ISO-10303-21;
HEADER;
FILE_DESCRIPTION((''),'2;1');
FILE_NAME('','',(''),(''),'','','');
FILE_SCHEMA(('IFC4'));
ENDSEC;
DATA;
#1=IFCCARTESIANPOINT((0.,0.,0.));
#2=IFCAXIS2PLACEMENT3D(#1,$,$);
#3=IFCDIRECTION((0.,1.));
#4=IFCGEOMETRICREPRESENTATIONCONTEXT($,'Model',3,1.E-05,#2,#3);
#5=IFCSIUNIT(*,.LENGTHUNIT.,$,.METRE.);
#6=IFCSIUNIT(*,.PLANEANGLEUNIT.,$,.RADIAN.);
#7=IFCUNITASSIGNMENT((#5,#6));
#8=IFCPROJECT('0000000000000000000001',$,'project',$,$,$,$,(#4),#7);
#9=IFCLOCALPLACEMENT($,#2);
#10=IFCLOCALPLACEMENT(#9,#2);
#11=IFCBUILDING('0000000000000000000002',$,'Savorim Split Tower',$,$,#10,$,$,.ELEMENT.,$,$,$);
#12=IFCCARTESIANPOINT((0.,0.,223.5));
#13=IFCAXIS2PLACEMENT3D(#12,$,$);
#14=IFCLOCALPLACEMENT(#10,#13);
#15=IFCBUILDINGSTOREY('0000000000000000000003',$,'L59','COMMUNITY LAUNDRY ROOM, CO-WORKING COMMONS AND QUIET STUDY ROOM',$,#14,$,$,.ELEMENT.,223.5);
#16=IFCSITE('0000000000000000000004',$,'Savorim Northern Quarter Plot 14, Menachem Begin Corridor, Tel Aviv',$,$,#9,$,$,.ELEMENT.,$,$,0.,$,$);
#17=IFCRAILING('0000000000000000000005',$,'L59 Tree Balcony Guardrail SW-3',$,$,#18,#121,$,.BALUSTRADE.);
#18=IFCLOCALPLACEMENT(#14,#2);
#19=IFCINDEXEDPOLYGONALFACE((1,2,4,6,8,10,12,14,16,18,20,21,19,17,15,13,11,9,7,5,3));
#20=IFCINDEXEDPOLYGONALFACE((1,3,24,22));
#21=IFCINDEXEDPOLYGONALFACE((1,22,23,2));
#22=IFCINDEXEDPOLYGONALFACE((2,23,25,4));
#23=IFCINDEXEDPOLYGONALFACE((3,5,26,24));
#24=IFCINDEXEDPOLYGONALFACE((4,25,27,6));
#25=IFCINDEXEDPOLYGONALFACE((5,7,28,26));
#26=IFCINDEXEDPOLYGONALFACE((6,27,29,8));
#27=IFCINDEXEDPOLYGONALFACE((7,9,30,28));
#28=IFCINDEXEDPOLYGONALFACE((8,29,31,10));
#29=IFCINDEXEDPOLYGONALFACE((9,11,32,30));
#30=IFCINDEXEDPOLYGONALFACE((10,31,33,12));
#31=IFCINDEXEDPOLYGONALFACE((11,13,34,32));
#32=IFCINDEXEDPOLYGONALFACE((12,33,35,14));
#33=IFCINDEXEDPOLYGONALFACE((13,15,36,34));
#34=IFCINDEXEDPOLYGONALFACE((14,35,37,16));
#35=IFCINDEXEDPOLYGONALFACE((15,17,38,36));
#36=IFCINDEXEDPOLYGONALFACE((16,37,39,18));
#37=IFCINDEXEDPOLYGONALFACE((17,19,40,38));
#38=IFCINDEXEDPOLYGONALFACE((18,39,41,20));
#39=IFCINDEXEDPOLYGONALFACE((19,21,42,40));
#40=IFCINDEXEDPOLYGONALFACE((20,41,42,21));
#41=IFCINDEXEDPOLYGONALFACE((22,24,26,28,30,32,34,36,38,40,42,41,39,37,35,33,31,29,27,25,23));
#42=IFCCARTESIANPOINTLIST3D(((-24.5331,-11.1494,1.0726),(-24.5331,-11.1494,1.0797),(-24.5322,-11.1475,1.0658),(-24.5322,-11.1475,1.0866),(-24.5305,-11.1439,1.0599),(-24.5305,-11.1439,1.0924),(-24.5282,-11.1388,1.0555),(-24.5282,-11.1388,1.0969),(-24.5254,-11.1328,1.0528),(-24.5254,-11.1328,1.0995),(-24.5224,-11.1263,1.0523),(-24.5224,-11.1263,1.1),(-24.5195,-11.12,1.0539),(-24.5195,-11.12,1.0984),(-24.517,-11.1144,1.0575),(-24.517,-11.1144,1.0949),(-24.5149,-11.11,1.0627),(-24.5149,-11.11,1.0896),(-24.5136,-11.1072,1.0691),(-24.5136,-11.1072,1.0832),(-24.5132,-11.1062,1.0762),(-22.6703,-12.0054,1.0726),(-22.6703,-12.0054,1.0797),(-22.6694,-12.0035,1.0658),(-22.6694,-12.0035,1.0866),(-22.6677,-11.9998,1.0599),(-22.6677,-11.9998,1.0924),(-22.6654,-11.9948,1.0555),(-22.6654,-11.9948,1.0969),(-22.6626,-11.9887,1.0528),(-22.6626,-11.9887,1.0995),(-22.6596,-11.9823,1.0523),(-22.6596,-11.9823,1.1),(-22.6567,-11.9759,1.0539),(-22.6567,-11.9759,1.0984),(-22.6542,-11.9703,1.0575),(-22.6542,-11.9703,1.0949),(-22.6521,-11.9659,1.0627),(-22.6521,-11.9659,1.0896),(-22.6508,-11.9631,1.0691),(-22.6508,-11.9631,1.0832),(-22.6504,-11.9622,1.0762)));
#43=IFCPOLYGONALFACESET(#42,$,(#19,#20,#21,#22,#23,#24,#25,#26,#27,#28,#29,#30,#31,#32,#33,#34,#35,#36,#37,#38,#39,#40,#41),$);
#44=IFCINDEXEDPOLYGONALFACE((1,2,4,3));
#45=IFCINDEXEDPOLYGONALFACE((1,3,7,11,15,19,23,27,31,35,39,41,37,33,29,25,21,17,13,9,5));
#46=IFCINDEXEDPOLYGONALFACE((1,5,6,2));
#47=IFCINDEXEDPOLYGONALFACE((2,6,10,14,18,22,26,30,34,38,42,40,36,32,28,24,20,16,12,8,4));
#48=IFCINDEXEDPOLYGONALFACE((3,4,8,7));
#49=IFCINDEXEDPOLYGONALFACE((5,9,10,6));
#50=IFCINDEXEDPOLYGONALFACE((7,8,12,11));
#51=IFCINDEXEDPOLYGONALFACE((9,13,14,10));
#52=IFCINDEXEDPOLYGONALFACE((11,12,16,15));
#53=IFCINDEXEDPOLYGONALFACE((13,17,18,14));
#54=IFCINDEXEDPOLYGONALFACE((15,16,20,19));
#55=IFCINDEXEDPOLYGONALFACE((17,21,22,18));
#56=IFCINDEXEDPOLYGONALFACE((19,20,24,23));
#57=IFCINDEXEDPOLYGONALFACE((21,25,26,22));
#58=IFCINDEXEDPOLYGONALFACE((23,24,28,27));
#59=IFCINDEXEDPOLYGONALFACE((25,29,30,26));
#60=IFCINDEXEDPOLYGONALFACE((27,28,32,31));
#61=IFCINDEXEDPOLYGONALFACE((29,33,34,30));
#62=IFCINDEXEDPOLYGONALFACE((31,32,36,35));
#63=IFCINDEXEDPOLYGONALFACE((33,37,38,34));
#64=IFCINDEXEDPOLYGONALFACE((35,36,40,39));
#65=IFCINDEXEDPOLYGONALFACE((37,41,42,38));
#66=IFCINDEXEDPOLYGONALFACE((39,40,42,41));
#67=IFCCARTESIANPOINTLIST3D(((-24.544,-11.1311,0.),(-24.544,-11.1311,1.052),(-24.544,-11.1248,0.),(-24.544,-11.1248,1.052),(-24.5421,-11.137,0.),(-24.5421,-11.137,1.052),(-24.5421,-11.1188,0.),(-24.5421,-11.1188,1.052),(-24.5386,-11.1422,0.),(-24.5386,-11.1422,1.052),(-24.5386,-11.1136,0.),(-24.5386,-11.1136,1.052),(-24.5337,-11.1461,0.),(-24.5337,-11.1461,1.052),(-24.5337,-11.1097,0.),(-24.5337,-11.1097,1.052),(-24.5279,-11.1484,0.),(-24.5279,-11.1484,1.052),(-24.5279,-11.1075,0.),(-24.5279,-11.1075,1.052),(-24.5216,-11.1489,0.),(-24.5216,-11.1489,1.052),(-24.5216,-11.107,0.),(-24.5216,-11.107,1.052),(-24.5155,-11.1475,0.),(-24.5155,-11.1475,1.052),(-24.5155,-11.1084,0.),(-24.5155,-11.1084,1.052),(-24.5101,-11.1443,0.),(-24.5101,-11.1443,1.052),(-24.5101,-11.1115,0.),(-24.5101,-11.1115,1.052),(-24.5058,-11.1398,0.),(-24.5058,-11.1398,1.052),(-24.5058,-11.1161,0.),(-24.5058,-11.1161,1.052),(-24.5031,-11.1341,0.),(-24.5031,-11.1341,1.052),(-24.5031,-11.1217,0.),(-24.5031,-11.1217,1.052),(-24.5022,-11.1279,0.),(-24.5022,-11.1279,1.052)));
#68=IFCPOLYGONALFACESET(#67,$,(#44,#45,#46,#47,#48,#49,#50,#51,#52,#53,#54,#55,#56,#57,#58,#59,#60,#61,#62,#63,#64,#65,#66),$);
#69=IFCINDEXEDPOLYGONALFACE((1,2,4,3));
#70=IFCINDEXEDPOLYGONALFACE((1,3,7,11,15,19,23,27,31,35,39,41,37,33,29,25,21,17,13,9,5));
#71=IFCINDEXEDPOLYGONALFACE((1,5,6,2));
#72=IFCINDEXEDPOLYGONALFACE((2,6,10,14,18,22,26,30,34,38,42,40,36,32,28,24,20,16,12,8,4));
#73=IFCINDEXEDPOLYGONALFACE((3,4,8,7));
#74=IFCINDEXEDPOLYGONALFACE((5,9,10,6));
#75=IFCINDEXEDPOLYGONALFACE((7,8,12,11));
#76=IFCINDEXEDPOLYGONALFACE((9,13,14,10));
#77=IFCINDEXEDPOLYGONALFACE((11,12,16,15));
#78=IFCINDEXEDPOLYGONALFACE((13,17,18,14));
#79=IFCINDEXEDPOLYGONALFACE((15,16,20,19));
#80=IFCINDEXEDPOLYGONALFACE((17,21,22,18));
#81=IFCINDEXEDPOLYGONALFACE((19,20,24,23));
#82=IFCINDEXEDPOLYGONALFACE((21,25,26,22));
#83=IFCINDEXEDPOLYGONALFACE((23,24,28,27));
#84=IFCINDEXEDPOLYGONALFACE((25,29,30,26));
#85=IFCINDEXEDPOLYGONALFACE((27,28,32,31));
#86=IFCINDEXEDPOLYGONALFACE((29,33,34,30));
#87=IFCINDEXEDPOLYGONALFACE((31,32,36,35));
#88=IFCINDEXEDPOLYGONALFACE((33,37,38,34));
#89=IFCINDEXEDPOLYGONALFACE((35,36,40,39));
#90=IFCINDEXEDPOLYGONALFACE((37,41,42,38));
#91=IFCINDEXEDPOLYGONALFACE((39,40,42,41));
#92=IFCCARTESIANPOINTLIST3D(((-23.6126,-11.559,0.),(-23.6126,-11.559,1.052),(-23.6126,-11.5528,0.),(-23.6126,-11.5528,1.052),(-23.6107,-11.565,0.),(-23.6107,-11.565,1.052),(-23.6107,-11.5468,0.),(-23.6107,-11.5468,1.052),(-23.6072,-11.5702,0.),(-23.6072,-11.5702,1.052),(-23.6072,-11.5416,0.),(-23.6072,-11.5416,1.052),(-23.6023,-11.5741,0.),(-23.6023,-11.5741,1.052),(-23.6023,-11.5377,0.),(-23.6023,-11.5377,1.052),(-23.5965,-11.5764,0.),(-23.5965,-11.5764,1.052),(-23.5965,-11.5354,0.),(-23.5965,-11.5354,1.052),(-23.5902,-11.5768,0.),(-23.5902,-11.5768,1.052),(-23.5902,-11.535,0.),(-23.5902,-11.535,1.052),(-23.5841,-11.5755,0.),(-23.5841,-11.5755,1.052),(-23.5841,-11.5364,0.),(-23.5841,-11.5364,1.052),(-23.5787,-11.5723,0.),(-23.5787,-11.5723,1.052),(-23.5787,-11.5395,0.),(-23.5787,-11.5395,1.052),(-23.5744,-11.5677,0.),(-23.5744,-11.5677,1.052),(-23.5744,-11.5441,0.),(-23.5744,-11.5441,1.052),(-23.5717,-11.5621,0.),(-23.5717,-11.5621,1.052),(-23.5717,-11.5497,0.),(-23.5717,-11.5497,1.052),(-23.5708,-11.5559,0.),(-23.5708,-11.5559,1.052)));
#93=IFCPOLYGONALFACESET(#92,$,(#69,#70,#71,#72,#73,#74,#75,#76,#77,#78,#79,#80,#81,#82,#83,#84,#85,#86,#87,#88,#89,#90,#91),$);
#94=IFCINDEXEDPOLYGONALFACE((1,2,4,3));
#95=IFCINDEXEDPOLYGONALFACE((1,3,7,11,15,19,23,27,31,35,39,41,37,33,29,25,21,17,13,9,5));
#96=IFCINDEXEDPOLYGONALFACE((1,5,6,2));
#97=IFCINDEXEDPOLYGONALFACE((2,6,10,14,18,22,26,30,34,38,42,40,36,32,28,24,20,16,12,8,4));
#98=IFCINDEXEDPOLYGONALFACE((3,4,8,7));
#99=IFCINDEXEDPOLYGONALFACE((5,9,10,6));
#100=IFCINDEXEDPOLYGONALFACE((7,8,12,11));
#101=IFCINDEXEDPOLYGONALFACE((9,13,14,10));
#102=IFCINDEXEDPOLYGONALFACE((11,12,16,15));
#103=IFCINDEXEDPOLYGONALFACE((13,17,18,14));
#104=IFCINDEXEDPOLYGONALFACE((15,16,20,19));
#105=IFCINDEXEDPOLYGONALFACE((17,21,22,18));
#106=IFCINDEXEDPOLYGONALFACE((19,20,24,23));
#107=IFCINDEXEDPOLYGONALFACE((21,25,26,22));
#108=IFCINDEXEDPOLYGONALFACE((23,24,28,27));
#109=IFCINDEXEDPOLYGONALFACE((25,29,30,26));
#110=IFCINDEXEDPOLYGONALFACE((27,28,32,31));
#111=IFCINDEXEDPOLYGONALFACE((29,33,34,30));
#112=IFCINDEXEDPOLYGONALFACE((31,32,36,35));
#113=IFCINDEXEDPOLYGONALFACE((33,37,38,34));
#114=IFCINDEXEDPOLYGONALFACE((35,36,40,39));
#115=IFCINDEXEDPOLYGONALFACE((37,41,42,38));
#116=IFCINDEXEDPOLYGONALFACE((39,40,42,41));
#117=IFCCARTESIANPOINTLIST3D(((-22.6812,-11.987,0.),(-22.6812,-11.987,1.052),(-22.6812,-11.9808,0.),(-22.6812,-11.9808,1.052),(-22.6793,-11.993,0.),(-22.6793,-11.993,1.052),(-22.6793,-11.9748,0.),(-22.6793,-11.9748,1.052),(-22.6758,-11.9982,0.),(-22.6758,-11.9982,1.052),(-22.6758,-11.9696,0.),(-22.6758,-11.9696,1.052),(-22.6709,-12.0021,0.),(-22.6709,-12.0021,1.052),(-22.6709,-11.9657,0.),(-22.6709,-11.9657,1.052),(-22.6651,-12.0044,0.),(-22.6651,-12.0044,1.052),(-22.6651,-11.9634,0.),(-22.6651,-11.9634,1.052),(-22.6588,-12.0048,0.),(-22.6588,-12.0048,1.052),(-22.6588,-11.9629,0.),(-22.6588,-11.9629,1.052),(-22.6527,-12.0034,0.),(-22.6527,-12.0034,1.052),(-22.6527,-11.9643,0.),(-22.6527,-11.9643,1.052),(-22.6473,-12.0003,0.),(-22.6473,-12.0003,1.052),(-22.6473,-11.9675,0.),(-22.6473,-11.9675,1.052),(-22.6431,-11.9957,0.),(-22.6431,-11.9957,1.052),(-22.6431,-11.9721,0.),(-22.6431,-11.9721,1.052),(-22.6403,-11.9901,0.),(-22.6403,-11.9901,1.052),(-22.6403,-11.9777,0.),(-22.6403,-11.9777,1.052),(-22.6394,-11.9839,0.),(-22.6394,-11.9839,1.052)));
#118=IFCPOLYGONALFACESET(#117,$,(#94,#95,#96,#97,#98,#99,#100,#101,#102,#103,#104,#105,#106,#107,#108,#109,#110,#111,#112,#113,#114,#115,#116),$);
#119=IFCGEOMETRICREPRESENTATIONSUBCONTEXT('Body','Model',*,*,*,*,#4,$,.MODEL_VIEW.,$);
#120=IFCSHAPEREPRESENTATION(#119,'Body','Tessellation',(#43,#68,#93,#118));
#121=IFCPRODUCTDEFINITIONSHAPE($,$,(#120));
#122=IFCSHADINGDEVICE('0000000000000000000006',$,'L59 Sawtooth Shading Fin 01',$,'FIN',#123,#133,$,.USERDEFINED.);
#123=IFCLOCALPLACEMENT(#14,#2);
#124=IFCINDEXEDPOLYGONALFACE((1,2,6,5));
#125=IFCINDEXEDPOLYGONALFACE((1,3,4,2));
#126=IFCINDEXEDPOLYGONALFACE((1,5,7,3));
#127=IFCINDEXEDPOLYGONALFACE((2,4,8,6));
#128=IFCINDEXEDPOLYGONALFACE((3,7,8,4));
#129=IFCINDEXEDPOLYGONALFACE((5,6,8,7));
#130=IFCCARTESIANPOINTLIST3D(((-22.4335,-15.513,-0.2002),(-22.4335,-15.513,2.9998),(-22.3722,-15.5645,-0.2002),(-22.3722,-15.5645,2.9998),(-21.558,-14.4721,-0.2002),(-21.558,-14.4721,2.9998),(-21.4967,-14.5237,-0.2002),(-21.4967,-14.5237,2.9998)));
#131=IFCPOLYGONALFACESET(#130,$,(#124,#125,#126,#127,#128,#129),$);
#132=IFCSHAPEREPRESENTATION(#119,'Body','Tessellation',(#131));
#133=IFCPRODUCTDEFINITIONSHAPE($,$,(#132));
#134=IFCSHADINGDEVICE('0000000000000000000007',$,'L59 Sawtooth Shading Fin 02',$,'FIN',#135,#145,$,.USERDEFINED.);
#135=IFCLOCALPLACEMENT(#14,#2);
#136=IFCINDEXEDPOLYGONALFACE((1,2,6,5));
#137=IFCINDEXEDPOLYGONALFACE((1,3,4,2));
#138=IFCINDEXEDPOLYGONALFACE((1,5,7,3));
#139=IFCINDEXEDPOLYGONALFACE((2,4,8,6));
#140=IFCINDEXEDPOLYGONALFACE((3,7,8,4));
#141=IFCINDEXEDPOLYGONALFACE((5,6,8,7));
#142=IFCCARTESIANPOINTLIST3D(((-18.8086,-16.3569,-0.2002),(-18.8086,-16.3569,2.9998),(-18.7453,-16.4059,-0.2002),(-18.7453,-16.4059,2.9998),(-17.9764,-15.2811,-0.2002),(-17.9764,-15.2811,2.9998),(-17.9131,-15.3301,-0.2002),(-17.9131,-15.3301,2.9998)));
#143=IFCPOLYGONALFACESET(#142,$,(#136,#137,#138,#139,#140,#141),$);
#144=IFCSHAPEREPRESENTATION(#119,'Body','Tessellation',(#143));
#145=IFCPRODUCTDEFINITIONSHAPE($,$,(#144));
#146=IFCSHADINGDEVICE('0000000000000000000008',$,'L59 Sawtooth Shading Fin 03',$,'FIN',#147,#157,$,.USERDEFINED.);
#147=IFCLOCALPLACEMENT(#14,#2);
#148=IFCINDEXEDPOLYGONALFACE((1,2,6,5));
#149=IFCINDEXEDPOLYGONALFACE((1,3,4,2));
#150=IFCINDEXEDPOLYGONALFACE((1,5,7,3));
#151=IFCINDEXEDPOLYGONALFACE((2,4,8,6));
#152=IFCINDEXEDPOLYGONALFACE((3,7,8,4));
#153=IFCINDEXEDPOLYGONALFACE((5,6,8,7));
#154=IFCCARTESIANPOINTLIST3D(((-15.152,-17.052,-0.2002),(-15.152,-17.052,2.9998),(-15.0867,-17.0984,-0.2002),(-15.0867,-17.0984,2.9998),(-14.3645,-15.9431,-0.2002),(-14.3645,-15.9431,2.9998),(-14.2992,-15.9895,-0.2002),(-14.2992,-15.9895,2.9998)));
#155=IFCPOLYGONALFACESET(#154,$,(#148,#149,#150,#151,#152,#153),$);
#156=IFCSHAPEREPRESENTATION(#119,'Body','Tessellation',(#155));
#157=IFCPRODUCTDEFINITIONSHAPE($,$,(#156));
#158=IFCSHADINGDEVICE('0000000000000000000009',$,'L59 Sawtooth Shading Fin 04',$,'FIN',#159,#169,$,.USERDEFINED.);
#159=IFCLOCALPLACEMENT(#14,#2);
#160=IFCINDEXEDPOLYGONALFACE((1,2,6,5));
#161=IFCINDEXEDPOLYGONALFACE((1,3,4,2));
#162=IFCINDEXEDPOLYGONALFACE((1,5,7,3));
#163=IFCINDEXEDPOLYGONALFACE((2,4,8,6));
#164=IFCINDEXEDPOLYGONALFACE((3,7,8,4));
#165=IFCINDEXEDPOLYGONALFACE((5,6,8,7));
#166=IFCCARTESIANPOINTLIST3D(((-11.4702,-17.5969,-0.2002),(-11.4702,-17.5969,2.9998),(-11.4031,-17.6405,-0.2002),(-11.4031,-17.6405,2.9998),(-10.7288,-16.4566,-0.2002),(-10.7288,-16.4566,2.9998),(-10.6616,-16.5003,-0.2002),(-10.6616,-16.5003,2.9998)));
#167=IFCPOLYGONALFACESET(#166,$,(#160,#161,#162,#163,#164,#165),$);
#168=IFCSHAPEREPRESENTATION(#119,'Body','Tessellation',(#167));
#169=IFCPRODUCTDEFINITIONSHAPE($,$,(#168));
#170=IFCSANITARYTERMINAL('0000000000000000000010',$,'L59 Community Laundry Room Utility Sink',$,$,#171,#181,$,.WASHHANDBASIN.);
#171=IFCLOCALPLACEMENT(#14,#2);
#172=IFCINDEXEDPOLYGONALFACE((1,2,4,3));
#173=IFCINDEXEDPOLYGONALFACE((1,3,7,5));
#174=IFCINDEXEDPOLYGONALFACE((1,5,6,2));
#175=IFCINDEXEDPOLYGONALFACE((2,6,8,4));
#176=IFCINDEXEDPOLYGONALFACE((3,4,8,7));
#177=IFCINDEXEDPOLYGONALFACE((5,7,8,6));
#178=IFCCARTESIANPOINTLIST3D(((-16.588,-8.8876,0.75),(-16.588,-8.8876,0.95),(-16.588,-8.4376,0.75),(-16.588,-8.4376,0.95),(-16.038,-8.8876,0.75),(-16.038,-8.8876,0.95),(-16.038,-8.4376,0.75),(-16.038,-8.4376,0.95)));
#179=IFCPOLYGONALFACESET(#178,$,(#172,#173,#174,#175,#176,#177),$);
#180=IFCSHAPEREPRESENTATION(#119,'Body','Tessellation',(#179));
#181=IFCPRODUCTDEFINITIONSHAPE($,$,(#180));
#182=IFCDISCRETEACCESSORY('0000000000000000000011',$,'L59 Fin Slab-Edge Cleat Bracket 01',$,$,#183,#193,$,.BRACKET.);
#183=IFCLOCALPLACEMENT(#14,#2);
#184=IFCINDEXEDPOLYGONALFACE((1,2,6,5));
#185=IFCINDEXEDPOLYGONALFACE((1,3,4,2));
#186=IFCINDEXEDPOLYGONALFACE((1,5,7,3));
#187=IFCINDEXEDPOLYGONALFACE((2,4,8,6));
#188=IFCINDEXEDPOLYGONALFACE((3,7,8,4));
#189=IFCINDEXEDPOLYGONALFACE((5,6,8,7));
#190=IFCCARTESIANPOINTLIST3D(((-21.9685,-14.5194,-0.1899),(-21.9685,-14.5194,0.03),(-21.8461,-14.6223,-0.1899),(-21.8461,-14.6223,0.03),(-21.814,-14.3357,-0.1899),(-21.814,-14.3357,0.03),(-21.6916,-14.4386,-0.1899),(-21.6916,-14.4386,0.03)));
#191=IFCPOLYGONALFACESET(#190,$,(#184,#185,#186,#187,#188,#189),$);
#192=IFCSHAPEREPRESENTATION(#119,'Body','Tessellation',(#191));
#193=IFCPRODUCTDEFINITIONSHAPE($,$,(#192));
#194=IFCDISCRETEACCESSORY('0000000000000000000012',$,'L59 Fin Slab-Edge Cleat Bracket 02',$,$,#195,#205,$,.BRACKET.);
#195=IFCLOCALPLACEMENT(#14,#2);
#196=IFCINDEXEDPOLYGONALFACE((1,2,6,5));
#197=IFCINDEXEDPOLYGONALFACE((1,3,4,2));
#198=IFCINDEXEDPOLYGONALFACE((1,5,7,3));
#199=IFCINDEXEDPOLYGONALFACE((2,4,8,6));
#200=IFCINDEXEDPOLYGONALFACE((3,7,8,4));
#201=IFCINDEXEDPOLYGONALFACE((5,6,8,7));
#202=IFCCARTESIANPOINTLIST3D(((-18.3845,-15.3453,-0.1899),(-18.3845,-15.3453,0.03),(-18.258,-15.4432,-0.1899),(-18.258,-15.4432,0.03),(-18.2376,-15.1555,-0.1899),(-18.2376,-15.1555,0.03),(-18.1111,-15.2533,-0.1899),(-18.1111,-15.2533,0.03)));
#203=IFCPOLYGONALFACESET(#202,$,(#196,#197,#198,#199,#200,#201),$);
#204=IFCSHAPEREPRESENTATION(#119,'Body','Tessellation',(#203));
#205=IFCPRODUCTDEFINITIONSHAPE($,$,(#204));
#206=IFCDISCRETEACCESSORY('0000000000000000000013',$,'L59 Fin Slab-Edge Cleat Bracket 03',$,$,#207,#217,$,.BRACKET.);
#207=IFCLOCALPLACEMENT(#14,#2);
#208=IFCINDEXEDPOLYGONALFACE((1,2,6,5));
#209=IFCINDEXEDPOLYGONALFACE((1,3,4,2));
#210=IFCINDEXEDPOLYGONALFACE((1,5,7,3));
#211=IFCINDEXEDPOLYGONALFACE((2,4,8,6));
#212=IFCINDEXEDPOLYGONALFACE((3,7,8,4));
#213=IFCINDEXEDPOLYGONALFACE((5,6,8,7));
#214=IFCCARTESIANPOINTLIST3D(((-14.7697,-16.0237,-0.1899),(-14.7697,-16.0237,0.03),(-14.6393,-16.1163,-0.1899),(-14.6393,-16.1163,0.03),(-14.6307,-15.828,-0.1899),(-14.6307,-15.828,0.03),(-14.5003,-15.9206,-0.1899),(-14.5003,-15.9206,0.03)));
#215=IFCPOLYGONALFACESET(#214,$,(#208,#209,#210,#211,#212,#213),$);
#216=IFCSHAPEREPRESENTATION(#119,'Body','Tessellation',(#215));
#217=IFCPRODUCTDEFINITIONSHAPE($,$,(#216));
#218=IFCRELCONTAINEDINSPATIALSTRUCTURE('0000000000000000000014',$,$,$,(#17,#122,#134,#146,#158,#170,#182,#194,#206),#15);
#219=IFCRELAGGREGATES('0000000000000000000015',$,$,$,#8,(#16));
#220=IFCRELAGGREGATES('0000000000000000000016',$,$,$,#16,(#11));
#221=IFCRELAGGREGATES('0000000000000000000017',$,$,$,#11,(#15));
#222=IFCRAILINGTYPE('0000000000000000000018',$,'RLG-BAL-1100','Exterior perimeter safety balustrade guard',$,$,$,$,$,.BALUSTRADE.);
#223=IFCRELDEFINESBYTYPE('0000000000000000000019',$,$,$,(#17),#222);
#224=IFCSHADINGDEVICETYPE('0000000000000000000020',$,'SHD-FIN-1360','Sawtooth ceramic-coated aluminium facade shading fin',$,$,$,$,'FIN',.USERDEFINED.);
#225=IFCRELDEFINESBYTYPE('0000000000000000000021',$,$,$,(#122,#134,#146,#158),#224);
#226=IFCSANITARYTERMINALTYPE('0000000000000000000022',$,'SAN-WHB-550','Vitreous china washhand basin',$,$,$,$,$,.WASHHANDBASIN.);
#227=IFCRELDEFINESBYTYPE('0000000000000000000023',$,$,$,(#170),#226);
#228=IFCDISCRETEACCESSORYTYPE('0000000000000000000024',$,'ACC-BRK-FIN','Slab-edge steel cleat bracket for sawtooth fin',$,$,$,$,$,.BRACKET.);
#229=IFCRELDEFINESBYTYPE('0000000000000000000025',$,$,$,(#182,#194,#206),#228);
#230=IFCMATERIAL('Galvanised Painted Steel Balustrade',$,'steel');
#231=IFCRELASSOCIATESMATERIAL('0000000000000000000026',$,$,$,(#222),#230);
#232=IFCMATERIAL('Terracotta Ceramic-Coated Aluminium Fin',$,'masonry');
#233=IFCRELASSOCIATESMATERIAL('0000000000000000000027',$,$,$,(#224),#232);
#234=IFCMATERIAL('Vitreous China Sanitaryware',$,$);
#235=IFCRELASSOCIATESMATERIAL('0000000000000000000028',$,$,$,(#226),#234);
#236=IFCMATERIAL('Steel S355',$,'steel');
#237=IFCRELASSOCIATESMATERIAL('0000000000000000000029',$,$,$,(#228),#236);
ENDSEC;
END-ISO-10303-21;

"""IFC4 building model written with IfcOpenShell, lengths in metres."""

from ifc_helpers import new_model, si_unit, direction, frame, origin, origin_2d, place, context, subcontext, project, spatial, rectangle, circle, extrude, material, type_object, element, save


model = new_model("IFC4")

# Units and contexts
model_context = context("Model", 3, precision=1e-05, world=origin(), true_north=direction((0.0, 1.0)))
body_context = subcontext(model_context, "Body", "Model", "MODEL_VIEW")
ifc_project = project(units=[si_unit("LENGTHUNIT", "METRE"), si_unit("PLANEANGLEUNIT", "RADIAN")], contexts=[model_context])

# Site, building, storey
site_placement = place(None, origin())
site = spatial("IfcSite", under=ifc_project, at=site_placement, Name="Savorim Northern Quarter Plot 14, Menachem Begin Corridor, Tel Aviv", CompositionType="ELEMENT", RefElevation=0.0)
building_placement = place(site_placement, origin())
building = spatial("IfcBuilding", under=site, at=building_placement, Name="Savorim Split Tower", CompositionType="ELEMENT")
storey_placement = place(building_placement, frame((0.0, 0.0, 223.5)))
storey = spatial("IfcBuildingStorey", under=building, at=storey_placement, Name="L59", Description="COMMUNITY LAUNDRY ROOM, CO-WORKING COMMONS AND QUIET STUDY ROOM", CompositionType="ELEMENT", Elevation=223.5)

# Shared definitions
ifc_material_1 = material(Name="Steel S355", Category="steel")

# Railing
ifc_material_2 = material(Name="Galvanised Painted Steel Balustrade", Category="steel")
railing_type = type_object("IfcRailingType", Name="RLG-BAL-1100", Description="Exterior perimeter safety balustrade guard", PredefinedType="BALUSTRADE", material=ifc_material_2)
railing_1_placement = place(storey_placement, frame((-24.5232, -11.1279, 0.0)))
element("IfcRailing", 1, at=railing_1_placement, inside=storey, type_object=railing_type, Name="L59 Tree Balcony Guardrail SW-3", PredefinedType="BALUSTRADE", context=body_context, shape_type="SweptSolid", body=[
    extrude(circle(Radius=0.0239, at=origin_2d()), frame((0.0, 0.0, 1.0762), z_axis=(0.908662, -0.417532, 0.0), x_axis=(0.417532, 0.908662, 0.0)), (0.0, 0.0, 1.0), 2.05),
    extrude(circle(Radius=0.021, at=origin_2d()), origin(), (0.0, 0.0, 1.0), 1.052),
    extrude(circle(Radius=0.021, at=origin_2d()), frame((0.9314, -0.428, 0.0)), (0.0, 0.0, 1.0), 1.052),
    extrude(circle(Radius=0.021, at=origin_2d()), frame((1.8628, -0.856, 0.0)), (0.0, 0.0, 1.0), 1.052),
])

# Shading devices
ifc_material_3 = material(Name="Terracotta Ceramic-Coated Aluminium Fin", Category="masonry")
shading_device_type = type_object("IfcShadingDeviceType", Name="SHD-FIN-1360", Description="Sawtooth ceramic-coated aluminium facade shading fin", ElementType="FIN", PredefinedType="USERDEFINED", material=ifc_material_3)
for number, where, z_axis, x_axis, name in (
    (2, (-21.9651, -15.0183, -0.2002), (0.0, 0.0, 1.0), (-0.643719, -0.765262, 0.0), "L59 Sawtooth Shading Fin 01"),
    (3, (-18.3608, -15.8435, -0.2002), (0.0, 0.0, 1.0), (-0.611868, -0.79096, 0.0), "L59 Sawtooth Shading Fin 02"),
    (4, (-14.7256, -16.5208, -0.2002), (0.0, 0.0, 1.0), (-0.578994, -0.815332, 0.0), "L59 Sawtooth Shading Fin 03"),
    (5, (-11.0659, -17.0486, -0.2002), (0.0, 0.0, 1.0), (-0.545148, -0.83834, 0.0), "L59 Sawtooth Shading Fin 04"),
):
    element("IfcShadingDevice", number, at=place(storey_placement, frame(where, z_axis=z_axis, x_axis=x_axis)), inside=storey, type_object=shading_device_type, Name=name, ObjectType="FIN", PredefinedType="USERDEFINED", context=body_context, shape_type="SweptSolid", body=[
        extrude(rectangle(XDim=1.3601, YDim=0.0801, at=origin_2d()), origin(), (0.0, 0.0, 1.0), 3.2),
    ])

# Sanitary terminal
ifc_material_4 = material(Name="Vitreous China Sanitaryware")
sanitary_terminal_type = type_object("IfcSanitaryTerminalType", Name="SAN-WHB-550", Description="Vitreous china washhand basin", PredefinedType="WASHHANDBASIN", material=ifc_material_4)
sanitary_terminal_placement = place(storey_placement, frame((-16.313, -8.6626, 0.75), z_axis=(0.0, 0.0, 1.0), x_axis=(1.0, 0.0, 0.0)))
element("IfcSanitaryTerminal", 6, at=sanitary_terminal_placement, inside=storey, type_object=sanitary_terminal_type, Name="L59 Community Laundry Room Utility Sink", PredefinedType="WASHHANDBASIN", context=body_context, shape_type="SweptSolid", body=[
    extrude(rectangle(XDim=0.55, YDim=0.45, at=origin_2d()), origin(), (0.0, 0.0, 1.0), 0.2),
])

# Discrete accessories
discrete_accessory_type_1 = type_object("IfcDiscreteAccessoryType", Name="ACC-BRK-FIN", Description="Slab-edge steel cleat bracket for sawtooth fin", PredefinedType="BRACKET", material=ifc_material_1)
for number, where, z_axis, x_axis, name in (
    (7, (-21.8301, -14.479, -0.1899), (0.0, 0.0, 1.0), (-0.643719, -0.765262, 0.0), "L59 Fin Slab-Edge Cleat Bracket 01"),
    (8, (-18.2478, -15.2993, -0.1899), (0.0, 0.0, 1.0), (-0.611868, -0.79096, 0.0), "L59 Fin Slab-Edge Cleat Bracket 02"),
    (9, (-14.635, -15.9722, -0.1899), (0.0, 0.0, 1.0), (-0.578994, -0.815332, 0.0), "L59 Fin Slab-Edge Cleat Bracket 03"),
):
    element("IfcDiscreteAccessory", number, at=place(storey_placement, frame(where, z_axis=z_axis, x_axis=x_axis)), inside=storey, type_object=discrete_accessory_type_1, Name=name, PredefinedType="BRACKET", context=body_context, shape_type="SweptSolid", body=[
        extrude(rectangle(XDim=0.24, YDim=0.1599, at=origin_2d()), origin(), (0.0, 0.0, 1.0), 0.22),
    ])

save(model, "model.ifc")
